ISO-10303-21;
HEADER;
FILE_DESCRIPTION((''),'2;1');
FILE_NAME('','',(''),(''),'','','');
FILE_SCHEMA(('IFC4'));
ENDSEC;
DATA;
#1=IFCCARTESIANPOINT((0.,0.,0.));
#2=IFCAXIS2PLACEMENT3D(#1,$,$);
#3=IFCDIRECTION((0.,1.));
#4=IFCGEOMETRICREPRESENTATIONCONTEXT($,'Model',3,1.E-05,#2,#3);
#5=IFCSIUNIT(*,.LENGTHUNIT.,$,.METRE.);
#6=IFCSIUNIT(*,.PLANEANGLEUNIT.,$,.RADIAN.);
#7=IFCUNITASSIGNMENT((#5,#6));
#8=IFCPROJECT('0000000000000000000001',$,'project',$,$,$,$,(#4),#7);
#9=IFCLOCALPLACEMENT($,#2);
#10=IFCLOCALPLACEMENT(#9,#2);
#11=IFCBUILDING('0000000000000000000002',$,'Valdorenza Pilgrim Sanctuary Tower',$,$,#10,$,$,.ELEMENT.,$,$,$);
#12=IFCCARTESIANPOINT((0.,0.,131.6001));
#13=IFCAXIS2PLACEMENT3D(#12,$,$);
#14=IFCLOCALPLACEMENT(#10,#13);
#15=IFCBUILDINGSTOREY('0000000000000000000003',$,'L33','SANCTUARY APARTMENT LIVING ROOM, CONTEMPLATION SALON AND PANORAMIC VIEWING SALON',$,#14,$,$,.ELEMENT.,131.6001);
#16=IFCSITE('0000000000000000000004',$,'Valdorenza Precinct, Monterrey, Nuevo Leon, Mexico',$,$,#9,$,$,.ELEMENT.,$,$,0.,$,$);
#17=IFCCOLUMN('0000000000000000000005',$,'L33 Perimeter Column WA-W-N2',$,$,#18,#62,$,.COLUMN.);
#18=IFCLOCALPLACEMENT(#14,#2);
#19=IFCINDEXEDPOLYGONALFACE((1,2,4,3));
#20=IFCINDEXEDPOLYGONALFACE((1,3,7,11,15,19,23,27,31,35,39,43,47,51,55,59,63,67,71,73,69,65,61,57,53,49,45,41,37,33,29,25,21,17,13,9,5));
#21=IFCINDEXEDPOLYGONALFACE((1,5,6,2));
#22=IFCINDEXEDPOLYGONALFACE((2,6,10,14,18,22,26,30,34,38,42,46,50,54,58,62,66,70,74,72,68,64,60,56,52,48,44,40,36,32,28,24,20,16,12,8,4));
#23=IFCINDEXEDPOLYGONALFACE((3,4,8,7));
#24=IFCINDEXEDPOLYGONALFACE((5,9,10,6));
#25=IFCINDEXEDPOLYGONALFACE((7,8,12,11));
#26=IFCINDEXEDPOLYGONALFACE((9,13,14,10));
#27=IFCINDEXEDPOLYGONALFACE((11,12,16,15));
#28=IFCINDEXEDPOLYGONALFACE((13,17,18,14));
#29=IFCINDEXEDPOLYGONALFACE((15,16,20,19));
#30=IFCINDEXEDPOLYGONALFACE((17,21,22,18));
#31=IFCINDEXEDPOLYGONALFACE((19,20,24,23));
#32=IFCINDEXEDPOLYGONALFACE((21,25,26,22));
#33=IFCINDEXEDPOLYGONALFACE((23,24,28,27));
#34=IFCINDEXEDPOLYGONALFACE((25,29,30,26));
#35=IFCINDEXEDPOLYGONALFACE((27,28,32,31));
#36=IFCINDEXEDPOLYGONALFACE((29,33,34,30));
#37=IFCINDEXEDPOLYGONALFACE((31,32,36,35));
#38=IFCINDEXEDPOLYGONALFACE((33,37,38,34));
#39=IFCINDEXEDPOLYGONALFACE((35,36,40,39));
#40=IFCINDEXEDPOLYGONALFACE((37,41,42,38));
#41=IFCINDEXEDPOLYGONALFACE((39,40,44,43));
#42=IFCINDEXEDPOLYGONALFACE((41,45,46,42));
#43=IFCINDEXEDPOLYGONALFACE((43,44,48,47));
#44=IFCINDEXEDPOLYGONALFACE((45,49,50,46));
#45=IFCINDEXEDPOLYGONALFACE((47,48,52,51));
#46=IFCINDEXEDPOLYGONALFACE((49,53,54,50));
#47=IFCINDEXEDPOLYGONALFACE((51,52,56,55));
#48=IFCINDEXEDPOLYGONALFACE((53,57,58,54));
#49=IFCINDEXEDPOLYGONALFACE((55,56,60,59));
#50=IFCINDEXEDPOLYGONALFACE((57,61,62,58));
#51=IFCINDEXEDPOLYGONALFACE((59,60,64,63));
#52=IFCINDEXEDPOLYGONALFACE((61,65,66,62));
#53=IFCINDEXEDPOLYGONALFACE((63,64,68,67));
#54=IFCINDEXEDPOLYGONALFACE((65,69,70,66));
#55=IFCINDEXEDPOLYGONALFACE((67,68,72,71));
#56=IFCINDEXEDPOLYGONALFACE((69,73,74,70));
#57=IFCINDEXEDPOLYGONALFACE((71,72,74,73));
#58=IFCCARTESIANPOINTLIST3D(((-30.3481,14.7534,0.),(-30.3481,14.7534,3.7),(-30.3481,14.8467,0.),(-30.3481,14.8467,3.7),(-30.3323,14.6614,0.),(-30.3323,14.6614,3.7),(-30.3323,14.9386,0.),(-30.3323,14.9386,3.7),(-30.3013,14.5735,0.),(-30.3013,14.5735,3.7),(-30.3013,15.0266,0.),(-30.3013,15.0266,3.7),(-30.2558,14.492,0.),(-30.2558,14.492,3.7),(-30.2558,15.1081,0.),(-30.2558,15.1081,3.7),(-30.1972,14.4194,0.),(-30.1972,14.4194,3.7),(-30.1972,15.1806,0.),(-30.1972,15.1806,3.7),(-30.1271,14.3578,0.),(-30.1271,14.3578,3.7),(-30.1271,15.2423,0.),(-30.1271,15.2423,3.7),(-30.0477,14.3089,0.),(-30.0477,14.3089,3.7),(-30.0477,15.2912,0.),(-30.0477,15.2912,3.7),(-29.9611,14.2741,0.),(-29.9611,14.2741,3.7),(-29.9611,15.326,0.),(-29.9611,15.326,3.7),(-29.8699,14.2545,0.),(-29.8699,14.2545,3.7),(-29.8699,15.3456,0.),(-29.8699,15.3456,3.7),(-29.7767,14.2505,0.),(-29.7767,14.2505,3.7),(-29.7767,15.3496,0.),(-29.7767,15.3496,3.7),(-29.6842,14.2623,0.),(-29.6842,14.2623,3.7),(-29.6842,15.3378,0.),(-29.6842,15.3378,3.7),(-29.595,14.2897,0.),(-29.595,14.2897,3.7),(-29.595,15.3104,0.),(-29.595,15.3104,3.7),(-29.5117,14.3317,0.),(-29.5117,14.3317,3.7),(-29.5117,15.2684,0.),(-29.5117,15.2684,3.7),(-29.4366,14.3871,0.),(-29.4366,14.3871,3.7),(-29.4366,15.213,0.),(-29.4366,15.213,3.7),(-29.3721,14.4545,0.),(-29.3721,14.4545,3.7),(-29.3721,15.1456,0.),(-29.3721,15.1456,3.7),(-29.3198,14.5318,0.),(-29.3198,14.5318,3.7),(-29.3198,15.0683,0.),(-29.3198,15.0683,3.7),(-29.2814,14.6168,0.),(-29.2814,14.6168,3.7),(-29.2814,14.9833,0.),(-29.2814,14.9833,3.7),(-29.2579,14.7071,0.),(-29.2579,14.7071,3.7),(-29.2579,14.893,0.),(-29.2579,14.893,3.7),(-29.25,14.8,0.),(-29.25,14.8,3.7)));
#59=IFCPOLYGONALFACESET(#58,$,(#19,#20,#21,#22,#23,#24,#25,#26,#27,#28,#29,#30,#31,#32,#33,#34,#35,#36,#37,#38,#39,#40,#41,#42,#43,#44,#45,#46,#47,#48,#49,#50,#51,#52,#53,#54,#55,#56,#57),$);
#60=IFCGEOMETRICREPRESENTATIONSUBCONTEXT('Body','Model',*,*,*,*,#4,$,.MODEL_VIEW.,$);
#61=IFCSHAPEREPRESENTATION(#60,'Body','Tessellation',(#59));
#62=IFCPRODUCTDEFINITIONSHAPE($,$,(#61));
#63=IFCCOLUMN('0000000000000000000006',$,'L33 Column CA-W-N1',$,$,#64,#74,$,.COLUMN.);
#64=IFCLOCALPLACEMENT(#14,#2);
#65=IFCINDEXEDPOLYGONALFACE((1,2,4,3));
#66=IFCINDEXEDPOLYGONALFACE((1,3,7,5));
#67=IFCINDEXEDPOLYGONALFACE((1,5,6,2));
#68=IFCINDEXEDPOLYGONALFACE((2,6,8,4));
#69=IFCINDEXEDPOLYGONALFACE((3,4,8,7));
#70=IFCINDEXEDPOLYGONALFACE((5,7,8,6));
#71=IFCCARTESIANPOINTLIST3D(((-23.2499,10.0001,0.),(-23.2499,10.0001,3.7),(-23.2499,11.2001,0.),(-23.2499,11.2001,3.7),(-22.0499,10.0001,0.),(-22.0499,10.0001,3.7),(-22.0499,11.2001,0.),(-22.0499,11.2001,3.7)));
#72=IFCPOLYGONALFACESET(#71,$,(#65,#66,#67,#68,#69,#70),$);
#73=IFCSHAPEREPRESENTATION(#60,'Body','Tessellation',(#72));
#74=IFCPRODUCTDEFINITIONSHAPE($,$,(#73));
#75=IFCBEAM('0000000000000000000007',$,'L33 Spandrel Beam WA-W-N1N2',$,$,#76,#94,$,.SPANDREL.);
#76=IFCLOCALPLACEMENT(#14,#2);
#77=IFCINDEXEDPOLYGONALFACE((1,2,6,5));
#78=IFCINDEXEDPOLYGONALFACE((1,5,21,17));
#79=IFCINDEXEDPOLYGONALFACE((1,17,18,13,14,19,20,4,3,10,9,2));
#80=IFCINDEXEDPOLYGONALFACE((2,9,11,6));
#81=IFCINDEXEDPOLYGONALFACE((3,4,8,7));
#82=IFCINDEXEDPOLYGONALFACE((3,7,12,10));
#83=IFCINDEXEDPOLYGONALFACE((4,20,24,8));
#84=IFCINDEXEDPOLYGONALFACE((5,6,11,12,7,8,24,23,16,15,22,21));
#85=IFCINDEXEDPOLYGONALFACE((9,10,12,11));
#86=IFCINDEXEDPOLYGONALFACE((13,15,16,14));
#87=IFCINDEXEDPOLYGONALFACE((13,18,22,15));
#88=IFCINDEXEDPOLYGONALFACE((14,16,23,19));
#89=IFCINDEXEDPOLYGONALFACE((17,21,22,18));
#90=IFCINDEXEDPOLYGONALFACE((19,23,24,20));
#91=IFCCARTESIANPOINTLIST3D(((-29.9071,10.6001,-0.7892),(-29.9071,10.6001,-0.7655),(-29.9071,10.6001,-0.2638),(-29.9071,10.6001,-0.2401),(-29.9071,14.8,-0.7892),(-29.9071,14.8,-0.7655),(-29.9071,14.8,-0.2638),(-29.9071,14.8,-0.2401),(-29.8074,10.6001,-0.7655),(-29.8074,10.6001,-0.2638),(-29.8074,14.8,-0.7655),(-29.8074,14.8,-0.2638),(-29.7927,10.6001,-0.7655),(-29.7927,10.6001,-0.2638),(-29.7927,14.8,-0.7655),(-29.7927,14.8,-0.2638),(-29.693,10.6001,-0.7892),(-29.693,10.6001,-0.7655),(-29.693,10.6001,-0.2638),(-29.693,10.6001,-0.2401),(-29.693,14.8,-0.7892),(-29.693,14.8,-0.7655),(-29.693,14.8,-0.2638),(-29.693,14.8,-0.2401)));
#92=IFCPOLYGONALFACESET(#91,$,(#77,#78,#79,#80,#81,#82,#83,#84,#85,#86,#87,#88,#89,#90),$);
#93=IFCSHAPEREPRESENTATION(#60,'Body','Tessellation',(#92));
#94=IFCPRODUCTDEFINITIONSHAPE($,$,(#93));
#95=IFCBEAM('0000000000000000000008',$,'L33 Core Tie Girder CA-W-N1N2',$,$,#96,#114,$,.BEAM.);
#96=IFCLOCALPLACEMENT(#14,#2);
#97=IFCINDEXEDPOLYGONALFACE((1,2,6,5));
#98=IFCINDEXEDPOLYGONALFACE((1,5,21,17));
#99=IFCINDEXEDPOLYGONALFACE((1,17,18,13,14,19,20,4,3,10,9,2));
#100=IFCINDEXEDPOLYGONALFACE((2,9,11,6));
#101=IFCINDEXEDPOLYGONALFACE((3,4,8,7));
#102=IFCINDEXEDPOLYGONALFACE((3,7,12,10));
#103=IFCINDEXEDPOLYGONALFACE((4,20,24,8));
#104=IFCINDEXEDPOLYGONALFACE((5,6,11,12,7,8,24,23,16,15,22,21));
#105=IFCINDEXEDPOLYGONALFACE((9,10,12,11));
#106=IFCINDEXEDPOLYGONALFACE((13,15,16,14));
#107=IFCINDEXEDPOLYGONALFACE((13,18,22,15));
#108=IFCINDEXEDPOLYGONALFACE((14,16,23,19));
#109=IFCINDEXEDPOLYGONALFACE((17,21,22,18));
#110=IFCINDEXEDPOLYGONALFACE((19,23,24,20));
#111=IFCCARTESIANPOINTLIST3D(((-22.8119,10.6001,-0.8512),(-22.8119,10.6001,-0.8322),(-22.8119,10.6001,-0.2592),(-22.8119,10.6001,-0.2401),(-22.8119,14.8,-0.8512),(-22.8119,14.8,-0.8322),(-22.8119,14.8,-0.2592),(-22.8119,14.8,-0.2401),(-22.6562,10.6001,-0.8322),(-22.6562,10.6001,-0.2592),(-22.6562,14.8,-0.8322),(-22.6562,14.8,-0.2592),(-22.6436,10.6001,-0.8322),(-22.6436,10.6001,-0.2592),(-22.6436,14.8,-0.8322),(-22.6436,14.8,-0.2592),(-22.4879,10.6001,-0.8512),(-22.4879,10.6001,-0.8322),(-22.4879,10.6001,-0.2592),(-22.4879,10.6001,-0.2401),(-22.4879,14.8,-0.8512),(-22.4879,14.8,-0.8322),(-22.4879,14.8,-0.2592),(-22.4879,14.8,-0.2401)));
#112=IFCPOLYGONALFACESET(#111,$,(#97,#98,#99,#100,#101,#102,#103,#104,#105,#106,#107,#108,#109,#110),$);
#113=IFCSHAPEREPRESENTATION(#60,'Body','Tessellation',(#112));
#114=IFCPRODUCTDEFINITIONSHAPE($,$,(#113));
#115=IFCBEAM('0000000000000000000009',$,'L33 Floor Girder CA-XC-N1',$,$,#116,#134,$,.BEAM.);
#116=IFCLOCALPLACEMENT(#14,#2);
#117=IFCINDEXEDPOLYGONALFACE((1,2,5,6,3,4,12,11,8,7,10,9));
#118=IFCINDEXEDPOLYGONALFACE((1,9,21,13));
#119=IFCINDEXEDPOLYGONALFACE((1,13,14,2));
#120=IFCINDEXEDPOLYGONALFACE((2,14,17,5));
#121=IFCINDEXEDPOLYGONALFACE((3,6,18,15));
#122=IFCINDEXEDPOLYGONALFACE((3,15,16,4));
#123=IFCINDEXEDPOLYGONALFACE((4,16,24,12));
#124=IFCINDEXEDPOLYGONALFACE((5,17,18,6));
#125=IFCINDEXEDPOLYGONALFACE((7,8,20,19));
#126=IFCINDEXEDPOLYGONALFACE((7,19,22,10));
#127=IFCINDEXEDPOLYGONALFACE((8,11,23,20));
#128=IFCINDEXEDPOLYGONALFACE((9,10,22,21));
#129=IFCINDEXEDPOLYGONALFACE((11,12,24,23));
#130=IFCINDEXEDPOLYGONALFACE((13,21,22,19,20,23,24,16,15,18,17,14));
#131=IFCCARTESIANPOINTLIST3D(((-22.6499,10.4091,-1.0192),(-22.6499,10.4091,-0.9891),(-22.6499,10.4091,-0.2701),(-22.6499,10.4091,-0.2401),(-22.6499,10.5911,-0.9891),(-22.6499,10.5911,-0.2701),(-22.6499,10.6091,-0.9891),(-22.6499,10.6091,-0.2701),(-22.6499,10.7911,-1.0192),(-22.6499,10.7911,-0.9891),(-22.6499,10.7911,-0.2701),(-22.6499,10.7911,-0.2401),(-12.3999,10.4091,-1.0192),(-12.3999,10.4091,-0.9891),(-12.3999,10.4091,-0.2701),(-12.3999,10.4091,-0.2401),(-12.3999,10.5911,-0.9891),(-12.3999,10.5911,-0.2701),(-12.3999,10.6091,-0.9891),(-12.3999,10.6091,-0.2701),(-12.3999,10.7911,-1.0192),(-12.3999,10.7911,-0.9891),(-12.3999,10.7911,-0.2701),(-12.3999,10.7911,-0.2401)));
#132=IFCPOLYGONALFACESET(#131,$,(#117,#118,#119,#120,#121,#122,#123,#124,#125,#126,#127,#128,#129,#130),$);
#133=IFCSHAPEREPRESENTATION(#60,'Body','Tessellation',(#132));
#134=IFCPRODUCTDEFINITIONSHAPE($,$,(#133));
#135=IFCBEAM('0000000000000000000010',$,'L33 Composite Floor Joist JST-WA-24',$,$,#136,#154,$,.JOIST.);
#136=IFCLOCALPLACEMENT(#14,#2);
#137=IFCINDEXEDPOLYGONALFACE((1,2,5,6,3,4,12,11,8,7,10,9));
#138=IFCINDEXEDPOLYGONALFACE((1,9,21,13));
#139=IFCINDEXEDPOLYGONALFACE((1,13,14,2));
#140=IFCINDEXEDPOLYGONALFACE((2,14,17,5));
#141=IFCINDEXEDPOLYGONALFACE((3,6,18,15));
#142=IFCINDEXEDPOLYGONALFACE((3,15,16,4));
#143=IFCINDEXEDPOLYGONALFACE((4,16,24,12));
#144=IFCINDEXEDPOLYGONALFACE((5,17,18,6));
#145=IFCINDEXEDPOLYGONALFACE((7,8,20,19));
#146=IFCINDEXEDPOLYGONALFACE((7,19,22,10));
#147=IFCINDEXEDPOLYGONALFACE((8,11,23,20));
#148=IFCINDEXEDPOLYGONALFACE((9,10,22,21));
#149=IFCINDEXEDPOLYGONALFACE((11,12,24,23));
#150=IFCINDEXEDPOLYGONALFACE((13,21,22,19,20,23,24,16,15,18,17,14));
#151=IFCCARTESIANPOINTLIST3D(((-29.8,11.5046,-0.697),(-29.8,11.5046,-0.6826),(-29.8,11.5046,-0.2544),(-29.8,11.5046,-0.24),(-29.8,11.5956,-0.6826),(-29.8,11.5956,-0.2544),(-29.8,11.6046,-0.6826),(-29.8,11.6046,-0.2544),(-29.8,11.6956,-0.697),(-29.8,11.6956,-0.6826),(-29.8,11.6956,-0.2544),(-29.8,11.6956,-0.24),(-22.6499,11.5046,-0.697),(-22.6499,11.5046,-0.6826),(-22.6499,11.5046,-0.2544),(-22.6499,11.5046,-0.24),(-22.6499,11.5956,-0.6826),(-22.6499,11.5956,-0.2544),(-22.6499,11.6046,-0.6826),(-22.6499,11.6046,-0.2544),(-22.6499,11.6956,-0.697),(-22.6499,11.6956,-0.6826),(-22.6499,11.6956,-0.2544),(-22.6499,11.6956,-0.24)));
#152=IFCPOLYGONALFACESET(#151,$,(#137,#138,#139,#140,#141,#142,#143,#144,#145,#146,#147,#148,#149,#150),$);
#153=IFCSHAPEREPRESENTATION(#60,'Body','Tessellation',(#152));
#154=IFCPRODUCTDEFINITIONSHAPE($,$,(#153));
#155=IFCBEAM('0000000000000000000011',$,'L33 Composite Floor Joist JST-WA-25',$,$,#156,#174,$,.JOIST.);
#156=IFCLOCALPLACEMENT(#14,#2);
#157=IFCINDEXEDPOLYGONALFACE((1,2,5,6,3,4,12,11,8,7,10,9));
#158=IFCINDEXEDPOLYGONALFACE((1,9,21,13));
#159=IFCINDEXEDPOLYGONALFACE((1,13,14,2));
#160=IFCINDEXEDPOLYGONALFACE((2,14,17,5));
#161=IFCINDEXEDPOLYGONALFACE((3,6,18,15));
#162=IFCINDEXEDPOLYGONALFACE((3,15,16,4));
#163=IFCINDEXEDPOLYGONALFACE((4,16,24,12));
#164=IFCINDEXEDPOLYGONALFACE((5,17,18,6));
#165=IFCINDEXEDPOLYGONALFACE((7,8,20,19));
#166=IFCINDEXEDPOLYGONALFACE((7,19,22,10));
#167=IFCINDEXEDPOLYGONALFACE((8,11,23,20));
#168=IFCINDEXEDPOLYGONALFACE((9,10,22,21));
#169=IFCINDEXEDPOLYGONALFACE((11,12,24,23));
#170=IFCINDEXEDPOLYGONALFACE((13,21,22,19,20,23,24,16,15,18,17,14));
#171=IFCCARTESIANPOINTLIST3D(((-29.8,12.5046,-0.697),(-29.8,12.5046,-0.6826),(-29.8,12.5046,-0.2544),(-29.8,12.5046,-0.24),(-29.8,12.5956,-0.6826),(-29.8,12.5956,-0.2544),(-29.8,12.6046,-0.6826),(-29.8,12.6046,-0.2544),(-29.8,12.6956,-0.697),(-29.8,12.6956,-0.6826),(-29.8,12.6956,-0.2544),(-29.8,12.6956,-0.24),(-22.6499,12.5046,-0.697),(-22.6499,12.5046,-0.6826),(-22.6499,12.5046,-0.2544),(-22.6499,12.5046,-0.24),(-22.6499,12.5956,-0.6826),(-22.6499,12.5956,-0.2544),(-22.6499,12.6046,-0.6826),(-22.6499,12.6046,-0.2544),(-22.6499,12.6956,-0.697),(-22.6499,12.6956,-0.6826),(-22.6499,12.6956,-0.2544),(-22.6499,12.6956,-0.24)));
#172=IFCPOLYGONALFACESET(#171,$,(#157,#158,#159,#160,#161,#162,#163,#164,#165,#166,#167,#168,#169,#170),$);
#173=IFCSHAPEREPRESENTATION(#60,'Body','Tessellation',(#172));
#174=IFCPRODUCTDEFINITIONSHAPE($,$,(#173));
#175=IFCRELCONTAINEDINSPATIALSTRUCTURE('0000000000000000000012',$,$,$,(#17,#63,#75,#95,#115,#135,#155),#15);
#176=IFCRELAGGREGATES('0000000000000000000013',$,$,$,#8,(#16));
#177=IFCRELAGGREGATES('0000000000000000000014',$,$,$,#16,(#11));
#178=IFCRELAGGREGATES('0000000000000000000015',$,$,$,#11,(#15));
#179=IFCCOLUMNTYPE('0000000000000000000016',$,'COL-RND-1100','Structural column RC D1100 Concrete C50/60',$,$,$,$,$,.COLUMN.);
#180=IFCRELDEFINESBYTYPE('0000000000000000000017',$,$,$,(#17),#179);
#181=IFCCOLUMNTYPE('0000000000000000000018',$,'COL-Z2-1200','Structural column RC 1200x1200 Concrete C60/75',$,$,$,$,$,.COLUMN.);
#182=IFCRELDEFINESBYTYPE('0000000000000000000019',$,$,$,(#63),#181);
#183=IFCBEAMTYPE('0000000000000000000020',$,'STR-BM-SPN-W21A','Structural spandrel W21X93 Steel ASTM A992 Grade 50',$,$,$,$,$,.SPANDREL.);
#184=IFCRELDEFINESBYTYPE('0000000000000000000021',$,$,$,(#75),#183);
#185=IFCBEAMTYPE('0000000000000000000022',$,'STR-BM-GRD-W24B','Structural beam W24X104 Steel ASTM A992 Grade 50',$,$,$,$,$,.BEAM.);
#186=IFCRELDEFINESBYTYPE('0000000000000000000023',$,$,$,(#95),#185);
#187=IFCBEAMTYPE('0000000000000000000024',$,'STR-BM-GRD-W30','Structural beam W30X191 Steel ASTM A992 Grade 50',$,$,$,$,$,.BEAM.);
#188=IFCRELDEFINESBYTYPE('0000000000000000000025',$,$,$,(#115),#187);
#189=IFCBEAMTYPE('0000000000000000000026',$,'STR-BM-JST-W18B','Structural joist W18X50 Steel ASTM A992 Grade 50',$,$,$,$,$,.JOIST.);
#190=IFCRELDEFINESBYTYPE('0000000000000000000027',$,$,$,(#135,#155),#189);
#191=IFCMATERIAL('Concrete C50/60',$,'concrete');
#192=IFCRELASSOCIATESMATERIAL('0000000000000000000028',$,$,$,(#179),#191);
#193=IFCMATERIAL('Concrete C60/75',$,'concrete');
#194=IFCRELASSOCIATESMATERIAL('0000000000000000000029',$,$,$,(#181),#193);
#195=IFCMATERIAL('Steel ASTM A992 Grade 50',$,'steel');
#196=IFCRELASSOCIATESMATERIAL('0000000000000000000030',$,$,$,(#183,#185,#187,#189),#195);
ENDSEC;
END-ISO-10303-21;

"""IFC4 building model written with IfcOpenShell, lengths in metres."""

from ifc_helpers import new_model, si_unit, direction, frame, origin, origin_2d, place, context, subcontext, project, spatial, rectangle, circle, i_section, extrude, source, transform, mapped, material, material_profile, profile_set, type_object, element, save


model = new_model("IFC4")

# Units and contexts
model_context = context("Model", 3, precision=1e-05, world=origin(), true_north=direction((0.0, 1.0)))
body_context = subcontext(model_context, "Body", "Model", "MODEL_VIEW")
ifc_project = project(units=[si_unit("LENGTHUNIT", "METRE"), si_unit("PLANEANGLEUNIT", "RADIAN")], contexts=[model_context])

# Site, building, storey
site_placement = place(None, origin())
site = spatial("IfcSite", under=ifc_project, at=site_placement, Name="Valdorenza Precinct, Monterrey, Nuevo Leon, Mexico", CompositionType="ELEMENT", RefElevation=0.0)
building_placement = place(site_placement, origin())
building = spatial("IfcBuilding", under=site, at=building_placement, Name="Valdorenza Pilgrim Sanctuary Tower", CompositionType="ELEMENT")
storey_placement = place(building_placement, frame((0.0, 0.0, 131.6001)))
storey = spatial("IfcBuildingStorey", under=building, at=storey_placement, Name="L33", Description="SANCTUARY APARTMENT LIVING ROOM, CONTEMPLATION SALON AND PANORAMIC VIEWING SALON", CompositionType="ELEMENT", Elevation=131.6001)

# Columns
ifc_material_1 = material(Name="Concrete C50/60", Category="concrete")
ifc_material_profile_1 = material_profile(ifc_material_1, circle(Radius=0.55, at=origin_2d()), Name="RC D1100")
ifc_profile_set_1 = profile_set([ifc_material_profile_1], Name="Concrete C50/60")
column_type_1 = type_object("IfcColumnType", Name="COL-RND-1100", Description="Structural column RC D1100 Concrete C50/60", PredefinedType="COLUMN", material=ifc_profile_set_1)
shared_shape_1 = source(origin(), body_context, "Body", "SweptSolid", [
    extrude(circle(Radius=0.55, at=origin_2d()), origin(), (0.0, 0.0, 1.0), 3.7),
])
column_1_placement = place(storey_placement, frame((-29.8, 14.8, 0.0), z_axis=(0.0, 0.0, 1.0), x_axis=(1.0, 0.0, 0.0)))
element("IfcColumn", 1, at=column_1_placement, inside=storey, type_object=column_type_1, Name="L33 Perimeter Column WA-W-N2", PredefinedType="COLUMN", context=body_context, shape_type="MappedRepresentation", body=[
    mapped(shared_shape_1, transform((0.0, 0.0, 0.0), x_axis=(1.0, 0.0, 0.0), y_axis=(0.0, 1.0, 0.0), z_axis=(0.0, 0.0, 1.0), scale=1.0)),
])
ifc_material_2 = material(Name="Concrete C60/75", Category="concrete")
ifc_material_profile_2 = material_profile(ifc_material_2, rectangle(XDim=1.2, YDim=1.2, at=origin_2d()), Name="RC 1200x1200")
ifc_profile_set_2 = profile_set([ifc_material_profile_2], Name="Concrete C60/75")
column_type_2 = type_object("IfcColumnType", Name="COL-Z2-1200", Description="Structural column RC 1200x1200 Concrete C60/75", PredefinedType="COLUMN", material=ifc_profile_set_2)
shared_shape_2 = source(origin(), body_context, "Body", "SweptSolid", [
    extrude(rectangle(XDim=1.2, YDim=1.2, at=origin_2d()), origin(), (0.0, 0.0, 1.0), 3.7),
])
column_2_placement = place(storey_placement, frame((-22.6499, 10.6001, 0.0), z_axis=(0.0, 0.0, 1.0), x_axis=(1.0, 0.0, 0.0)))
element("IfcColumn", 2, at=column_2_placement, inside=storey, type_object=column_type_2, Name="L33 Column CA-W-N1", PredefinedType="COLUMN", context=body_context, shape_type="MappedRepresentation", body=[
    mapped(shared_shape_2, transform((0.0, 0.0, 0.0), x_axis=(1.0, 0.0, 0.0), y_axis=(0.0, 1.0, 0.0), z_axis=(0.0, 0.0, 1.0), scale=1.0)),
])

# Beams
ifc_material_3 = material(Name="Steel ASTM A992 Grade 50", Category="steel")
ifc_material_profile_3 = material_profile(ifc_material_3, i_section(OverallWidth=0.2141, OverallDepth=0.5491, WebThickness=0.0146, FlangeThickness=0.0237, at=origin_2d()), Name="W21X93")
ifc_profile_set_3 = profile_set([ifc_material_profile_3], Name="Steel ASTM A992 Grade 50")
beam_type_1 = type_object("IfcBeamType", Name="STR-BM-SPN-W21A", Description="Structural spandrel W21X93 Steel ASTM A992 Grade 50", PredefinedType="SPANDREL", material=ifc_profile_set_3)
shared_shape_3 = source(origin(), body_context, "Body", "SweptSolid", [
    extrude(i_section(OverallWidth=0.2141, OverallDepth=0.5491, WebThickness=0.0146, FlangeThickness=0.0237, at=origin_2d()), origin(), (0.0, 0.0, 1.0), 4.2),
])
beam_1_placement = place(storey_placement, frame((-29.8, 10.6001, -0.5146), z_axis=(0.0, 1.0, 0.0), x_axis=(-1.0, 0.0, 0.0)))
element("IfcBeam", 3, at=beam_1_placement, inside=storey, type_object=beam_type_1, Name="L33 Spandrel Beam WA-W-N1N2", PredefinedType="SPANDREL", context=body_context, shape_type="MappedRepresentation", body=[
    mapped(shared_shape_3, transform((0.0, 0.0, 0.0), x_axis=(1.0, 0.0, 0.0), y_axis=(0.0, 1.0, 0.0), z_axis=(0.0, 0.0, 1.0), scale=1.0)),
])
ifc_material_profile_4 = material_profile(ifc_material_3, i_section(OverallWidth=0.324, OverallDepth=0.6111, WebThickness=0.0127, FlangeThickness=0.019, at=origin_2d()), Name="W24X104")
ifc_profile_set_4 = profile_set([ifc_material_profile_4], Name="Steel ASTM A992 Grade 50")
beam_type_2 = type_object("IfcBeamType", Name="STR-BM-GRD-W24B", Description="Structural beam W24X104 Steel ASTM A992 Grade 50", PredefinedType="BEAM", material=ifc_profile_set_4)
shared_shape_4 = source(origin(), body_context, "Body", "SweptSolid", [
    extrude(i_section(OverallWidth=0.324, OverallDepth=0.6111, WebThickness=0.0127, FlangeThickness=0.019, at=origin_2d()), origin(), (0.0, 0.0, 1.0), 4.2),
])
beam_2_placement = place(storey_placement, frame((-22.6499, 10.6001, -0.5457), z_axis=(0.0, 1.0, 0.0), x_axis=(-1.0, 0.0, 0.0)))
element("IfcBeam", 4, at=beam_2_placement, inside=storey, type_object=beam_type_2, Name="L33 Core Tie Girder CA-W-N1N2", PredefinedType="BEAM", context=body_context, shape_type="MappedRepresentation", body=[
    mapped(shared_shape_4, transform((0.0, 0.0, 0.0), x_axis=(1.0, 0.0, 0.0), y_axis=(0.0, 1.0, 0.0), z_axis=(0.0, 0.0, 1.0), scale=1.0)),
])
ifc_material_profile_5 = material_profile(ifc_material_3, i_section(OverallWidth=0.3821, OverallDepth=0.7791, WebThickness=0.0181, FlangeThickness=0.03, at=origin_2d()), Name="W30X191")
ifc_profile_set_5 = profile_set([ifc_material_profile_5], Name="Steel ASTM A992 Grade 50")
beam_type_3 = type_object("IfcBeamType", Name="STR-BM-GRD-W30", Description="Structural beam W30X191 Steel ASTM A992 Grade 50", PredefinedType="BEAM", material=ifc_profile_set_5)
shared_shape_5 = source(origin(), body_context, "Body", "SweptSolid", [
    extrude(i_section(OverallWidth=0.3821, OverallDepth=0.7791, WebThickness=0.0181, FlangeThickness=0.03, at=origin_2d()), origin(), (0.0, 0.0, 1.0), 10.25),
])
beam_3_placement = place(storey_placement, frame((-22.6499, 10.6001, -0.6296), z_axis=(1.0, 0.0, 0.0), x_axis=(0.0, 1.0, 0.0)))
element("IfcBeam", 5, at=beam_3_placement, inside=storey, type_object=beam_type_3, Name="L33 Floor Girder CA-XC-N1", PredefinedType="BEAM", context=body_context, shape_type="MappedRepresentation", body=[
    mapped(shared_shape_5, transform((0.0, 0.0, 0.0), x_axis=(1.0, 0.0, 0.0), y_axis=(0.0, 1.0, 0.0), z_axis=(0.0, 0.0, 1.0), scale=1.0)),
])
ifc_material_profile_6 = material_profile(ifc_material_3, i_section(OverallWidth=0.1909, OverallDepth=0.457, WebThickness=0.009, FlangeThickness=0.0144, at=origin_2d()), Name="W18X50")
ifc_profile_set_6 = profile_set([ifc_material_profile_6], Name="Steel ASTM A992 Grade 50")
beam_type_4 = type_object("IfcBeamType", Name="STR-BM-JST-W18B", Description="Structural joist W18X50 Steel ASTM A992 Grade 50", PredefinedType="JOIST", material=ifc_profile_set_6)
shared_shape_6 = source(origin(), body_context, "Body", "SweptSolid", [
    extrude(i_section(OverallWidth=0.1909, OverallDepth=0.457, WebThickness=0.009, FlangeThickness=0.0144, at=origin_2d()), origin(), (0.0, 0.0, 1.0), 7.1501),
])
for number, where, z_axis, x_axis, name in (
    (6, (-29.8, 11.6001, -0.4685), (1.0, 0.0, 0.0), (0.0, 1.0, 0.0), "L33 Composite Floor Joist JST-WA-24"),
    (7, (-29.8, 12.6001, -0.4685), (1.0, 0.0, 0.0), (0.0, 1.0, 0.0), "L33 Composite Floor Joist JST-WA-25"),
):
    element("IfcBeam", number, at=place(storey_placement, frame(where, z_axis=z_axis, x_axis=x_axis)), inside=storey, type_object=beam_type_4, Name=name, PredefinedType="JOIST", context=body_context, shape_type="MappedRepresentation", body=[
        mapped(shared_shape_6, transform((0.0, 0.0, 0.0), x_axis=(1.0, 0.0, 0.0), y_axis=(0.0, 1.0, 0.0), z_axis=(0.0, 0.0, 1.0), scale=1.0)),
    ])

save(model, "model.ifc")
